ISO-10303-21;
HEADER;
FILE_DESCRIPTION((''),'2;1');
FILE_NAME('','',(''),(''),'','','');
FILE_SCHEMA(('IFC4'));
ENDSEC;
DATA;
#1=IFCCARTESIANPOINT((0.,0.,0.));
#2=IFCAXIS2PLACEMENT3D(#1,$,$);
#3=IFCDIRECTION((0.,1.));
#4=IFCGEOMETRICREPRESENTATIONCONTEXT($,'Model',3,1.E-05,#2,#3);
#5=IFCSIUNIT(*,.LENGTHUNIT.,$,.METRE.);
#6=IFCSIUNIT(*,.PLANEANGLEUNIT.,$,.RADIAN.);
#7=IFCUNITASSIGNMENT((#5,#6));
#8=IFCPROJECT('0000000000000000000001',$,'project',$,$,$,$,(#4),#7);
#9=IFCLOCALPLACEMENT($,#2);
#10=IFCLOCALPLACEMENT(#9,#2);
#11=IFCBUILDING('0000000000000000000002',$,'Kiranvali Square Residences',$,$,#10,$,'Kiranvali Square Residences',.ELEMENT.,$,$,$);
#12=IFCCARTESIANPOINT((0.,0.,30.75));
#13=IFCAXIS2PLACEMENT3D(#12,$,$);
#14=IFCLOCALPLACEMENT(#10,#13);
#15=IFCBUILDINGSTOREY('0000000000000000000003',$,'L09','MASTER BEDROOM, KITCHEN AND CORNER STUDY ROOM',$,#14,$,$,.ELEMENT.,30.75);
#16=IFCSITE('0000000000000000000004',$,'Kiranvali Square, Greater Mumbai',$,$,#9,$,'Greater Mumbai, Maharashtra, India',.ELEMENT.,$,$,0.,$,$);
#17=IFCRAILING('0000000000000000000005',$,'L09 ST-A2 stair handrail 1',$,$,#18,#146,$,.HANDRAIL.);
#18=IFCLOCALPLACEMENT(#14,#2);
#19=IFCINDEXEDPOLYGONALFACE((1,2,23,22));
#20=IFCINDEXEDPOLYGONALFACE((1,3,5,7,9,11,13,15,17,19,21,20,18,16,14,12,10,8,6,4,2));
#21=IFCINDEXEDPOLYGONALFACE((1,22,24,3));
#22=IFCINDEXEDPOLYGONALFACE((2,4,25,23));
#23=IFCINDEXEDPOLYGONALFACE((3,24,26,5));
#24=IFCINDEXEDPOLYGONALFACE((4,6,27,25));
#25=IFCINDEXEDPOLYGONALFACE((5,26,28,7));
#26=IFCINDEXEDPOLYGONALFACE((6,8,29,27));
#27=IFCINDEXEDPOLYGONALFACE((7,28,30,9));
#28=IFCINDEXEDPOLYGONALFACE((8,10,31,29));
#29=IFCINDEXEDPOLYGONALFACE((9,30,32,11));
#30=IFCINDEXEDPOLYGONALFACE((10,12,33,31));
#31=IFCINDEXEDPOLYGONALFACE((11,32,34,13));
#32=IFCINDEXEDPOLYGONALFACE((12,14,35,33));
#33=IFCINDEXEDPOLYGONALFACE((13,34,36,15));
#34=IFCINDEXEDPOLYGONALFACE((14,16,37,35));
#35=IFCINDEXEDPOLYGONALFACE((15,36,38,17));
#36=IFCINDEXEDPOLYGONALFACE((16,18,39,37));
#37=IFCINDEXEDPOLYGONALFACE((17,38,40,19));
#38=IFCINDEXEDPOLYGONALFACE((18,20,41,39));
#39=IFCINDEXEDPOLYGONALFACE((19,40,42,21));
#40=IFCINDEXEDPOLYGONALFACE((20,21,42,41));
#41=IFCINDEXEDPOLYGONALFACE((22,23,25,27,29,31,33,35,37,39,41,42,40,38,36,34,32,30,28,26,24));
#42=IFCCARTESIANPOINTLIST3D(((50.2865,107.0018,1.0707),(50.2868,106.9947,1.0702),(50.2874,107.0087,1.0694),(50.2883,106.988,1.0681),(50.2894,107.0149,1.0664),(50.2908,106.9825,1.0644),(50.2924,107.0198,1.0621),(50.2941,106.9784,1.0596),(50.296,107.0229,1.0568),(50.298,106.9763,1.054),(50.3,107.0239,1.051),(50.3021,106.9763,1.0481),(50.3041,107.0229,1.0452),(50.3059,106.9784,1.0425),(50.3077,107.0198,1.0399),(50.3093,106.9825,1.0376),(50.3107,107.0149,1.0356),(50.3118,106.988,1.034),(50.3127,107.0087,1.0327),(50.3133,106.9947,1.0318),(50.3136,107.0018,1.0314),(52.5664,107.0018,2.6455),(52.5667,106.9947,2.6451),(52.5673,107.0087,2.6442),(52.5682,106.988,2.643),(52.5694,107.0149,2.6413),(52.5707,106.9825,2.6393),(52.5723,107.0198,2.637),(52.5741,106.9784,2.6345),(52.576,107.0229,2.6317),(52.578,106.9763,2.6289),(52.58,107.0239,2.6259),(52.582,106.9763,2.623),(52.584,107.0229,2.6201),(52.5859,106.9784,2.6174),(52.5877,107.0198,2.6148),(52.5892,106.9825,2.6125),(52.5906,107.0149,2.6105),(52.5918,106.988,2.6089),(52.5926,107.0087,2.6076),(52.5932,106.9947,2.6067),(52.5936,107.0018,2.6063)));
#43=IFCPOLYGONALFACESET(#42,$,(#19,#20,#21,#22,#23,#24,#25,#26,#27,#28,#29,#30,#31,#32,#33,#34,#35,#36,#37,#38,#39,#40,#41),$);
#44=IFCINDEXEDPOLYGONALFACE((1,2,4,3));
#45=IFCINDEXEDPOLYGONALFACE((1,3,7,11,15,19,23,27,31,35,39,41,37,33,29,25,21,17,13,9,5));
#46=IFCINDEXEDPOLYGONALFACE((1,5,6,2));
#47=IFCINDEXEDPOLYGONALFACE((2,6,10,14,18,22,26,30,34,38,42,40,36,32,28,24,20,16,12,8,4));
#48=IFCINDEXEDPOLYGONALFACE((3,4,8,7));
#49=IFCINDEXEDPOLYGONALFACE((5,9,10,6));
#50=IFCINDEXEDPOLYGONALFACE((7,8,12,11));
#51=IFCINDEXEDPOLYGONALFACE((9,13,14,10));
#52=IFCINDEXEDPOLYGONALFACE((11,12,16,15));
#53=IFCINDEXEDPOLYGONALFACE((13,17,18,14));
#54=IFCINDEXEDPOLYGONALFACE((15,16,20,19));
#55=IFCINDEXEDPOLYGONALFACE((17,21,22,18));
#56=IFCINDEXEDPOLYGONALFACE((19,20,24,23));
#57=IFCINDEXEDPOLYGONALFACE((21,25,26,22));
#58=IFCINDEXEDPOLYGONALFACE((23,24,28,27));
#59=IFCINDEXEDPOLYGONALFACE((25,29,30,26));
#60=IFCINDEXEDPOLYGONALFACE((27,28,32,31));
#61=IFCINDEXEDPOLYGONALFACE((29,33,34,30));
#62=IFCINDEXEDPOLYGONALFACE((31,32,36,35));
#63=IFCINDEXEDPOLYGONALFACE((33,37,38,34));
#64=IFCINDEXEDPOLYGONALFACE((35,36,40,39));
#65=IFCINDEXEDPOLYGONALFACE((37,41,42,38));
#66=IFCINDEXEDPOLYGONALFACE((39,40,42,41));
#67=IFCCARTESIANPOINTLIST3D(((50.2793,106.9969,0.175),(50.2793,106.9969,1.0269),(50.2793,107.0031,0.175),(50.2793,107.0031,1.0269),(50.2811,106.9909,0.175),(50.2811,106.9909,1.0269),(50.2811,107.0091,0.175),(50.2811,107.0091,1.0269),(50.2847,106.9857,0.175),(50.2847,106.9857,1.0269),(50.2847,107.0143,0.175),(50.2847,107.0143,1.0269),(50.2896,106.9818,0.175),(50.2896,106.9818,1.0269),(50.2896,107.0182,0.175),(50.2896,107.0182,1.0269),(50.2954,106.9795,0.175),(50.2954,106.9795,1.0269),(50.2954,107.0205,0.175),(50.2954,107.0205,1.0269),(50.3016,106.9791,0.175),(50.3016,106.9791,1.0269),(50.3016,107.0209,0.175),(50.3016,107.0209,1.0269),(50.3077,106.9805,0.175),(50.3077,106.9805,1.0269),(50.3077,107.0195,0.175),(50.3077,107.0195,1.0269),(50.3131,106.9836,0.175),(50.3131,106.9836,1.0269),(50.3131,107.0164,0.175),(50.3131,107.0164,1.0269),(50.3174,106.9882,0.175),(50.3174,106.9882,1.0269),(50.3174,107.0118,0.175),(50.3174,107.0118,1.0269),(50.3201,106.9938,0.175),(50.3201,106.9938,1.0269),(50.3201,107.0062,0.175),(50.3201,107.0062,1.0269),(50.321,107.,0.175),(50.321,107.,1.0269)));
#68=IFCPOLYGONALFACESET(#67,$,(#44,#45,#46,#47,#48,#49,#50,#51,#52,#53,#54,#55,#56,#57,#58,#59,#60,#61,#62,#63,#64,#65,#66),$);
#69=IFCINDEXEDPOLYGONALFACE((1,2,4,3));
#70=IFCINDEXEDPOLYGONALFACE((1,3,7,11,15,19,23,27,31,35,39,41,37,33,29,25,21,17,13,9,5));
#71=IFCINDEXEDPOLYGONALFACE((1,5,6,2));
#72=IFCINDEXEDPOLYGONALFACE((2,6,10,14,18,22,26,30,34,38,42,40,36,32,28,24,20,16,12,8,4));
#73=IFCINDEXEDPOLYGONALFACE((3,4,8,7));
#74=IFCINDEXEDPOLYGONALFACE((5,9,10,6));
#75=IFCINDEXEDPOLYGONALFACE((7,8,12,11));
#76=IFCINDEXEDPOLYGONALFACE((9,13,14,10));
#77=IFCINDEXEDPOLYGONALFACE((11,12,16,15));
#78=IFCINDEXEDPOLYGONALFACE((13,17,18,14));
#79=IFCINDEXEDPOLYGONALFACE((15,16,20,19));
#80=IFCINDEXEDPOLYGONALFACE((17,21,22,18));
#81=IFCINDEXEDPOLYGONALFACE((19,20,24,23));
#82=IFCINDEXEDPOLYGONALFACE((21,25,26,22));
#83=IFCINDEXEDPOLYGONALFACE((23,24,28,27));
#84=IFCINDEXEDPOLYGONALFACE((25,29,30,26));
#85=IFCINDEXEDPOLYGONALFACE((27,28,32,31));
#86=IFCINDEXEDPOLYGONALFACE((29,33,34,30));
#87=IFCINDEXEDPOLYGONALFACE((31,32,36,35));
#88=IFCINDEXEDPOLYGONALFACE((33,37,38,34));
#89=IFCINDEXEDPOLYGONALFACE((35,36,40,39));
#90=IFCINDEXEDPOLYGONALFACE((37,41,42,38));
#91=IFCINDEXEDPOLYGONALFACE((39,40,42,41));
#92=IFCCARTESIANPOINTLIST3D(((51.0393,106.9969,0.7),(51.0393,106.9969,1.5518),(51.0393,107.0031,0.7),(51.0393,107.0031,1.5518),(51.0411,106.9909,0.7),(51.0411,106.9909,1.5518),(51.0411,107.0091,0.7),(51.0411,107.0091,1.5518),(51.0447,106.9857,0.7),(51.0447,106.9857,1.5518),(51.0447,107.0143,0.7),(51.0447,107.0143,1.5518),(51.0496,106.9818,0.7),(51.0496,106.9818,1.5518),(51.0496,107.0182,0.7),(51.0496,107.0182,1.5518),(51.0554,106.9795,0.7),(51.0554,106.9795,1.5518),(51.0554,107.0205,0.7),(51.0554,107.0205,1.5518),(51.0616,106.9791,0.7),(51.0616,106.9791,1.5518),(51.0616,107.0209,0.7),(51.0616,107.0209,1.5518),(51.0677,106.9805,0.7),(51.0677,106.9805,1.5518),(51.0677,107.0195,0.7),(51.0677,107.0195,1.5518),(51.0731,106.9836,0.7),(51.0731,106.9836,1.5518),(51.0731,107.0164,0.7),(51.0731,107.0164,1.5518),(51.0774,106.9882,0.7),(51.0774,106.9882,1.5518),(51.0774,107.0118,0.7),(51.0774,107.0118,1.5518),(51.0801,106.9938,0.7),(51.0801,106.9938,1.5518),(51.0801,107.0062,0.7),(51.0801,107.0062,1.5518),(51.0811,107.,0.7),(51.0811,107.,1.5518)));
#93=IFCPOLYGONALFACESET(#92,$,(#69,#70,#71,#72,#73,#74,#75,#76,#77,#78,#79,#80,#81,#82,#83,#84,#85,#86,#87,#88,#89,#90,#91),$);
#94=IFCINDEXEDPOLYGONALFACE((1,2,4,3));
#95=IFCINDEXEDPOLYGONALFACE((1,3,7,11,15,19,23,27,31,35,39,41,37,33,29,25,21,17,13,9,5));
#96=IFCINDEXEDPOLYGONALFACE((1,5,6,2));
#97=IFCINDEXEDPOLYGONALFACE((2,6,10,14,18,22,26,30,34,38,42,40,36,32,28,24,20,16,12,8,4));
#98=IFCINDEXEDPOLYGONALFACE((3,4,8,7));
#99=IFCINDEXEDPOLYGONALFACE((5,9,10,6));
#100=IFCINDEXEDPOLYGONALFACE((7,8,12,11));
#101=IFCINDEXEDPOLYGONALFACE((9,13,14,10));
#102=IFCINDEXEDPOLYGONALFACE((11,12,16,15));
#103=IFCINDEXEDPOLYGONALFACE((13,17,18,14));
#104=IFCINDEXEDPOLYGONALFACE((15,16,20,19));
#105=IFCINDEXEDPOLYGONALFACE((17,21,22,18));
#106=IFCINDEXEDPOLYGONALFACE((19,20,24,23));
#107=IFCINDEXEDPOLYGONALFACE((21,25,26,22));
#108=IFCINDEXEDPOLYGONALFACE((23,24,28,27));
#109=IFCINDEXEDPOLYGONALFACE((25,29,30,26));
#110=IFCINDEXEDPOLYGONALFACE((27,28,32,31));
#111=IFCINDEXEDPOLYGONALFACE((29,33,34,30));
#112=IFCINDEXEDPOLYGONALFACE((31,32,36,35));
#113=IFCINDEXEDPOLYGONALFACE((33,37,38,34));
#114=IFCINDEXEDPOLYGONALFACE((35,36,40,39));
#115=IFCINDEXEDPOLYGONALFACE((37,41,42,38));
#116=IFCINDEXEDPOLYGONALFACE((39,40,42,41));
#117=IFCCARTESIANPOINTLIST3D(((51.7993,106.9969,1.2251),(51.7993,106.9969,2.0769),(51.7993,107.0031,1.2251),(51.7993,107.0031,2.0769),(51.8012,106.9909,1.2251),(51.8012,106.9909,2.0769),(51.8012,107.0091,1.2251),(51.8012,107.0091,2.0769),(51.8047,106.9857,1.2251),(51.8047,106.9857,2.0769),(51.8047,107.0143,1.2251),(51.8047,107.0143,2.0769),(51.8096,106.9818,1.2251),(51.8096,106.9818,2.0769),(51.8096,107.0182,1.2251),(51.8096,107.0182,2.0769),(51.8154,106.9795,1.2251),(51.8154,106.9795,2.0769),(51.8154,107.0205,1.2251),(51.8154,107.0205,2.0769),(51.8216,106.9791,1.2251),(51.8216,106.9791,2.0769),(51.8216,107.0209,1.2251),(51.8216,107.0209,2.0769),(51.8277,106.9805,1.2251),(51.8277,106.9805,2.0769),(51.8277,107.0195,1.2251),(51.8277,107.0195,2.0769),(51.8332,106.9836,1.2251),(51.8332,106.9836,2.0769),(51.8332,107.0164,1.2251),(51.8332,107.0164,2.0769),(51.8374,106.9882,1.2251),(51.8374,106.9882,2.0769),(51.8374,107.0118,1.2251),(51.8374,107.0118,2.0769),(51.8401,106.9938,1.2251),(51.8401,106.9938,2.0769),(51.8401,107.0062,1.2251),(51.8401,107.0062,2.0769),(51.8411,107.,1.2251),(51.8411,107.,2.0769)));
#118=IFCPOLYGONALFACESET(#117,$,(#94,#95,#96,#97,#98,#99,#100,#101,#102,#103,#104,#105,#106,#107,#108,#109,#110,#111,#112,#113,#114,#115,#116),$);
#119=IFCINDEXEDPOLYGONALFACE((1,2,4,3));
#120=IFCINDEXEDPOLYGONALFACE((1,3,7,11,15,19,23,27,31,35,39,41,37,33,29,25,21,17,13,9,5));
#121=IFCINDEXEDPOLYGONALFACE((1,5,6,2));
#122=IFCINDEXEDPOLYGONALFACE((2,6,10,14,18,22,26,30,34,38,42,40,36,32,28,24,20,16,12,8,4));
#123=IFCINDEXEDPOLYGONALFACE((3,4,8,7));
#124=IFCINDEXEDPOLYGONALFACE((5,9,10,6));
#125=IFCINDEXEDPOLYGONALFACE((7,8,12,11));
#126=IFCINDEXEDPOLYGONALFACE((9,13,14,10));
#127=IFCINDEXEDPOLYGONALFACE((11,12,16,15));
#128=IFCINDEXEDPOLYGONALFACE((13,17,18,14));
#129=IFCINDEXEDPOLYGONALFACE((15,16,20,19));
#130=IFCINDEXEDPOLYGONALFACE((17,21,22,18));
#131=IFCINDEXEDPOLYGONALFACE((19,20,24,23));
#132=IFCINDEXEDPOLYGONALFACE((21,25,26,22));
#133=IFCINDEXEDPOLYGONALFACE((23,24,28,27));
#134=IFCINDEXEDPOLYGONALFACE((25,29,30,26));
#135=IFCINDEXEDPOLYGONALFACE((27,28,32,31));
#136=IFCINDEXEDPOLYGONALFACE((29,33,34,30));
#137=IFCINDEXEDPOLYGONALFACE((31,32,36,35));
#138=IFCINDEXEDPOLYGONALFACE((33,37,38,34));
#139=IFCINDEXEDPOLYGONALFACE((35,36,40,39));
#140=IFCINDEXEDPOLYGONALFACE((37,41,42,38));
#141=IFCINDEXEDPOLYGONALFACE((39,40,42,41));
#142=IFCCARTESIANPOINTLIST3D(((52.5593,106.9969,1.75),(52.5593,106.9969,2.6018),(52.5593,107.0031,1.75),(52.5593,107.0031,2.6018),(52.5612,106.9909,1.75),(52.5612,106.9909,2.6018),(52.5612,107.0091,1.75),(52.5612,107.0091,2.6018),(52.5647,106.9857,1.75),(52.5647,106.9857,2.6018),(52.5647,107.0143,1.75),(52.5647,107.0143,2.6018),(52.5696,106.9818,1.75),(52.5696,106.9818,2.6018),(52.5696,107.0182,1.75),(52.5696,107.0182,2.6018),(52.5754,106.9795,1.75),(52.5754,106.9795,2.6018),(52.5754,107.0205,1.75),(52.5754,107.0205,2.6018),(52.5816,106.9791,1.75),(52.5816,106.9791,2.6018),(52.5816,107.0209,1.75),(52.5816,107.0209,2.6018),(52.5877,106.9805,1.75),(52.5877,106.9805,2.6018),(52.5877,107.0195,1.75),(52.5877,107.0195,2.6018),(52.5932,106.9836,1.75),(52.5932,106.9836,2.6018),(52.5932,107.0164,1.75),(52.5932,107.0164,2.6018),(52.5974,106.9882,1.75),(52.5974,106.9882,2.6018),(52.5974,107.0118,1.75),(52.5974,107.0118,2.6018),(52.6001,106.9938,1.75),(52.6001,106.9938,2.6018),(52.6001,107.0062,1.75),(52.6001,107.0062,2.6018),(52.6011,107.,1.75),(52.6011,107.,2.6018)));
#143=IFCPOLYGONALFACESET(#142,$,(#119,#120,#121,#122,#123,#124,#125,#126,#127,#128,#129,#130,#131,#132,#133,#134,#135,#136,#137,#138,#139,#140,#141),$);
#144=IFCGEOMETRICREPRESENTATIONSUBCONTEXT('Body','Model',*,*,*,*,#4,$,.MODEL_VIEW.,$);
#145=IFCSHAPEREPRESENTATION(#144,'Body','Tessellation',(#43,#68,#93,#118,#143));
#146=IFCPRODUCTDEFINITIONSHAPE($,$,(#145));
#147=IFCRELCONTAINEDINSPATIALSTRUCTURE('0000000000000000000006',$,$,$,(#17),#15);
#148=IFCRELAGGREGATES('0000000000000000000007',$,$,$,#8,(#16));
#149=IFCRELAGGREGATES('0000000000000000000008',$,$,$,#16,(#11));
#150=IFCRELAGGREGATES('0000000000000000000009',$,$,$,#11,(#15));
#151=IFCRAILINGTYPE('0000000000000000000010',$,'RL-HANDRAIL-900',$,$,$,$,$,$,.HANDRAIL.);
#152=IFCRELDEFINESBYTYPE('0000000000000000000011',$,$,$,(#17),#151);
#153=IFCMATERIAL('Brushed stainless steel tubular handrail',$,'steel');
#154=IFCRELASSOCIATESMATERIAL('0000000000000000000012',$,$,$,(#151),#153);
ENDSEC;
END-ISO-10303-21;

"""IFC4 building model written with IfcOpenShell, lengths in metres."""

from ifc_helpers import new_model, si_unit, direction, frame, origin, origin_2d, place, context, subcontext, project, spatial, circle, extrude, material, type_object, element, save


model = new_model("IFC4")

# Units and contexts
model_context = context("Model", 3, precision=1e-05, world=origin(), true_north=direction((0.0, 1.0)))
body_context = subcontext(model_context, "Body", "Model", "MODEL_VIEW")
ifc_project = project(units=[si_unit("LENGTHUNIT", "METRE"), si_unit("PLANEANGLEUNIT", "RADIAN")], contexts=[model_context])

# Site, building, storey
site_placement = place(None, origin())
site = spatial("IfcSite", under=ifc_project, at=site_placement, Name="Kiranvali Square, Greater Mumbai", LongName="Greater Mumbai, Maharashtra, India", CompositionType="ELEMENT", RefElevation=0.0)
building_placement = place(site_placement, origin())
building = spatial("IfcBuilding", under=site, at=building_placement, Name="Kiranvali Square Residences", LongName="Kiranvali Square Residences", CompositionType="ELEMENT")
storey_placement = place(building_placement, frame((0.0, 0.0, 30.75)))
storey = spatial("IfcBuildingStorey", under=building, at=storey_placement, Name="L09", Description="MASTER BEDROOM, KITCHEN AND CORNER STUDY ROOM", CompositionType="ELEMENT", Elevation=30.75)

# Railing
ifc_material_1 = material(Name="Brushed stainless steel tubular handrail", Category="steel")
railing_type_1 = type_object("IfcRailingType", Name="RL-HANDRAIL-900", PredefinedType="HANDRAIL", material=ifc_material_1)
railing_1_placement = place(storey_placement, frame((50.3, 107.0, 0.175)))
element("IfcRailing", 1, at=railing_1_placement, inside=storey, type_object=railing_type_1, Name="L09 ST-A2 stair handrail 1", PredefinedType="HANDRAIL", context=body_context, shape_type="SweptSolid", body=[
    extrude(circle(Radius=0.0239, at=origin_2d()), frame((0.0, 0.0, 0.876), z_axis=(0.822788, 0.0, 0.568348), x_axis=(0.0, 1.0, 0.0)), (0.0, 0.0, 1.0), 2.771),
    extrude(circle(Radius=0.021, at=origin_2d()), origin(), (0.0, 0.0, 1.0), 0.8518),
    extrude(circle(Radius=0.021, at=origin_2d()), frame((0.76, 0.0, 0.5249)), (0.0, 0.0, 1.0), 0.8518),
    extrude(circle(Radius=0.021, at=origin_2d()), frame((1.52, 0.0, 1.05)), (0.0, 0.0, 1.0), 0.8518),
    extrude(circle(Radius=0.021, at=origin_2d()), frame((2.28, 0.0, 1.575)), (0.0, 0.0, 1.0), 0.8518),
])

save(model, "model.ifc")
